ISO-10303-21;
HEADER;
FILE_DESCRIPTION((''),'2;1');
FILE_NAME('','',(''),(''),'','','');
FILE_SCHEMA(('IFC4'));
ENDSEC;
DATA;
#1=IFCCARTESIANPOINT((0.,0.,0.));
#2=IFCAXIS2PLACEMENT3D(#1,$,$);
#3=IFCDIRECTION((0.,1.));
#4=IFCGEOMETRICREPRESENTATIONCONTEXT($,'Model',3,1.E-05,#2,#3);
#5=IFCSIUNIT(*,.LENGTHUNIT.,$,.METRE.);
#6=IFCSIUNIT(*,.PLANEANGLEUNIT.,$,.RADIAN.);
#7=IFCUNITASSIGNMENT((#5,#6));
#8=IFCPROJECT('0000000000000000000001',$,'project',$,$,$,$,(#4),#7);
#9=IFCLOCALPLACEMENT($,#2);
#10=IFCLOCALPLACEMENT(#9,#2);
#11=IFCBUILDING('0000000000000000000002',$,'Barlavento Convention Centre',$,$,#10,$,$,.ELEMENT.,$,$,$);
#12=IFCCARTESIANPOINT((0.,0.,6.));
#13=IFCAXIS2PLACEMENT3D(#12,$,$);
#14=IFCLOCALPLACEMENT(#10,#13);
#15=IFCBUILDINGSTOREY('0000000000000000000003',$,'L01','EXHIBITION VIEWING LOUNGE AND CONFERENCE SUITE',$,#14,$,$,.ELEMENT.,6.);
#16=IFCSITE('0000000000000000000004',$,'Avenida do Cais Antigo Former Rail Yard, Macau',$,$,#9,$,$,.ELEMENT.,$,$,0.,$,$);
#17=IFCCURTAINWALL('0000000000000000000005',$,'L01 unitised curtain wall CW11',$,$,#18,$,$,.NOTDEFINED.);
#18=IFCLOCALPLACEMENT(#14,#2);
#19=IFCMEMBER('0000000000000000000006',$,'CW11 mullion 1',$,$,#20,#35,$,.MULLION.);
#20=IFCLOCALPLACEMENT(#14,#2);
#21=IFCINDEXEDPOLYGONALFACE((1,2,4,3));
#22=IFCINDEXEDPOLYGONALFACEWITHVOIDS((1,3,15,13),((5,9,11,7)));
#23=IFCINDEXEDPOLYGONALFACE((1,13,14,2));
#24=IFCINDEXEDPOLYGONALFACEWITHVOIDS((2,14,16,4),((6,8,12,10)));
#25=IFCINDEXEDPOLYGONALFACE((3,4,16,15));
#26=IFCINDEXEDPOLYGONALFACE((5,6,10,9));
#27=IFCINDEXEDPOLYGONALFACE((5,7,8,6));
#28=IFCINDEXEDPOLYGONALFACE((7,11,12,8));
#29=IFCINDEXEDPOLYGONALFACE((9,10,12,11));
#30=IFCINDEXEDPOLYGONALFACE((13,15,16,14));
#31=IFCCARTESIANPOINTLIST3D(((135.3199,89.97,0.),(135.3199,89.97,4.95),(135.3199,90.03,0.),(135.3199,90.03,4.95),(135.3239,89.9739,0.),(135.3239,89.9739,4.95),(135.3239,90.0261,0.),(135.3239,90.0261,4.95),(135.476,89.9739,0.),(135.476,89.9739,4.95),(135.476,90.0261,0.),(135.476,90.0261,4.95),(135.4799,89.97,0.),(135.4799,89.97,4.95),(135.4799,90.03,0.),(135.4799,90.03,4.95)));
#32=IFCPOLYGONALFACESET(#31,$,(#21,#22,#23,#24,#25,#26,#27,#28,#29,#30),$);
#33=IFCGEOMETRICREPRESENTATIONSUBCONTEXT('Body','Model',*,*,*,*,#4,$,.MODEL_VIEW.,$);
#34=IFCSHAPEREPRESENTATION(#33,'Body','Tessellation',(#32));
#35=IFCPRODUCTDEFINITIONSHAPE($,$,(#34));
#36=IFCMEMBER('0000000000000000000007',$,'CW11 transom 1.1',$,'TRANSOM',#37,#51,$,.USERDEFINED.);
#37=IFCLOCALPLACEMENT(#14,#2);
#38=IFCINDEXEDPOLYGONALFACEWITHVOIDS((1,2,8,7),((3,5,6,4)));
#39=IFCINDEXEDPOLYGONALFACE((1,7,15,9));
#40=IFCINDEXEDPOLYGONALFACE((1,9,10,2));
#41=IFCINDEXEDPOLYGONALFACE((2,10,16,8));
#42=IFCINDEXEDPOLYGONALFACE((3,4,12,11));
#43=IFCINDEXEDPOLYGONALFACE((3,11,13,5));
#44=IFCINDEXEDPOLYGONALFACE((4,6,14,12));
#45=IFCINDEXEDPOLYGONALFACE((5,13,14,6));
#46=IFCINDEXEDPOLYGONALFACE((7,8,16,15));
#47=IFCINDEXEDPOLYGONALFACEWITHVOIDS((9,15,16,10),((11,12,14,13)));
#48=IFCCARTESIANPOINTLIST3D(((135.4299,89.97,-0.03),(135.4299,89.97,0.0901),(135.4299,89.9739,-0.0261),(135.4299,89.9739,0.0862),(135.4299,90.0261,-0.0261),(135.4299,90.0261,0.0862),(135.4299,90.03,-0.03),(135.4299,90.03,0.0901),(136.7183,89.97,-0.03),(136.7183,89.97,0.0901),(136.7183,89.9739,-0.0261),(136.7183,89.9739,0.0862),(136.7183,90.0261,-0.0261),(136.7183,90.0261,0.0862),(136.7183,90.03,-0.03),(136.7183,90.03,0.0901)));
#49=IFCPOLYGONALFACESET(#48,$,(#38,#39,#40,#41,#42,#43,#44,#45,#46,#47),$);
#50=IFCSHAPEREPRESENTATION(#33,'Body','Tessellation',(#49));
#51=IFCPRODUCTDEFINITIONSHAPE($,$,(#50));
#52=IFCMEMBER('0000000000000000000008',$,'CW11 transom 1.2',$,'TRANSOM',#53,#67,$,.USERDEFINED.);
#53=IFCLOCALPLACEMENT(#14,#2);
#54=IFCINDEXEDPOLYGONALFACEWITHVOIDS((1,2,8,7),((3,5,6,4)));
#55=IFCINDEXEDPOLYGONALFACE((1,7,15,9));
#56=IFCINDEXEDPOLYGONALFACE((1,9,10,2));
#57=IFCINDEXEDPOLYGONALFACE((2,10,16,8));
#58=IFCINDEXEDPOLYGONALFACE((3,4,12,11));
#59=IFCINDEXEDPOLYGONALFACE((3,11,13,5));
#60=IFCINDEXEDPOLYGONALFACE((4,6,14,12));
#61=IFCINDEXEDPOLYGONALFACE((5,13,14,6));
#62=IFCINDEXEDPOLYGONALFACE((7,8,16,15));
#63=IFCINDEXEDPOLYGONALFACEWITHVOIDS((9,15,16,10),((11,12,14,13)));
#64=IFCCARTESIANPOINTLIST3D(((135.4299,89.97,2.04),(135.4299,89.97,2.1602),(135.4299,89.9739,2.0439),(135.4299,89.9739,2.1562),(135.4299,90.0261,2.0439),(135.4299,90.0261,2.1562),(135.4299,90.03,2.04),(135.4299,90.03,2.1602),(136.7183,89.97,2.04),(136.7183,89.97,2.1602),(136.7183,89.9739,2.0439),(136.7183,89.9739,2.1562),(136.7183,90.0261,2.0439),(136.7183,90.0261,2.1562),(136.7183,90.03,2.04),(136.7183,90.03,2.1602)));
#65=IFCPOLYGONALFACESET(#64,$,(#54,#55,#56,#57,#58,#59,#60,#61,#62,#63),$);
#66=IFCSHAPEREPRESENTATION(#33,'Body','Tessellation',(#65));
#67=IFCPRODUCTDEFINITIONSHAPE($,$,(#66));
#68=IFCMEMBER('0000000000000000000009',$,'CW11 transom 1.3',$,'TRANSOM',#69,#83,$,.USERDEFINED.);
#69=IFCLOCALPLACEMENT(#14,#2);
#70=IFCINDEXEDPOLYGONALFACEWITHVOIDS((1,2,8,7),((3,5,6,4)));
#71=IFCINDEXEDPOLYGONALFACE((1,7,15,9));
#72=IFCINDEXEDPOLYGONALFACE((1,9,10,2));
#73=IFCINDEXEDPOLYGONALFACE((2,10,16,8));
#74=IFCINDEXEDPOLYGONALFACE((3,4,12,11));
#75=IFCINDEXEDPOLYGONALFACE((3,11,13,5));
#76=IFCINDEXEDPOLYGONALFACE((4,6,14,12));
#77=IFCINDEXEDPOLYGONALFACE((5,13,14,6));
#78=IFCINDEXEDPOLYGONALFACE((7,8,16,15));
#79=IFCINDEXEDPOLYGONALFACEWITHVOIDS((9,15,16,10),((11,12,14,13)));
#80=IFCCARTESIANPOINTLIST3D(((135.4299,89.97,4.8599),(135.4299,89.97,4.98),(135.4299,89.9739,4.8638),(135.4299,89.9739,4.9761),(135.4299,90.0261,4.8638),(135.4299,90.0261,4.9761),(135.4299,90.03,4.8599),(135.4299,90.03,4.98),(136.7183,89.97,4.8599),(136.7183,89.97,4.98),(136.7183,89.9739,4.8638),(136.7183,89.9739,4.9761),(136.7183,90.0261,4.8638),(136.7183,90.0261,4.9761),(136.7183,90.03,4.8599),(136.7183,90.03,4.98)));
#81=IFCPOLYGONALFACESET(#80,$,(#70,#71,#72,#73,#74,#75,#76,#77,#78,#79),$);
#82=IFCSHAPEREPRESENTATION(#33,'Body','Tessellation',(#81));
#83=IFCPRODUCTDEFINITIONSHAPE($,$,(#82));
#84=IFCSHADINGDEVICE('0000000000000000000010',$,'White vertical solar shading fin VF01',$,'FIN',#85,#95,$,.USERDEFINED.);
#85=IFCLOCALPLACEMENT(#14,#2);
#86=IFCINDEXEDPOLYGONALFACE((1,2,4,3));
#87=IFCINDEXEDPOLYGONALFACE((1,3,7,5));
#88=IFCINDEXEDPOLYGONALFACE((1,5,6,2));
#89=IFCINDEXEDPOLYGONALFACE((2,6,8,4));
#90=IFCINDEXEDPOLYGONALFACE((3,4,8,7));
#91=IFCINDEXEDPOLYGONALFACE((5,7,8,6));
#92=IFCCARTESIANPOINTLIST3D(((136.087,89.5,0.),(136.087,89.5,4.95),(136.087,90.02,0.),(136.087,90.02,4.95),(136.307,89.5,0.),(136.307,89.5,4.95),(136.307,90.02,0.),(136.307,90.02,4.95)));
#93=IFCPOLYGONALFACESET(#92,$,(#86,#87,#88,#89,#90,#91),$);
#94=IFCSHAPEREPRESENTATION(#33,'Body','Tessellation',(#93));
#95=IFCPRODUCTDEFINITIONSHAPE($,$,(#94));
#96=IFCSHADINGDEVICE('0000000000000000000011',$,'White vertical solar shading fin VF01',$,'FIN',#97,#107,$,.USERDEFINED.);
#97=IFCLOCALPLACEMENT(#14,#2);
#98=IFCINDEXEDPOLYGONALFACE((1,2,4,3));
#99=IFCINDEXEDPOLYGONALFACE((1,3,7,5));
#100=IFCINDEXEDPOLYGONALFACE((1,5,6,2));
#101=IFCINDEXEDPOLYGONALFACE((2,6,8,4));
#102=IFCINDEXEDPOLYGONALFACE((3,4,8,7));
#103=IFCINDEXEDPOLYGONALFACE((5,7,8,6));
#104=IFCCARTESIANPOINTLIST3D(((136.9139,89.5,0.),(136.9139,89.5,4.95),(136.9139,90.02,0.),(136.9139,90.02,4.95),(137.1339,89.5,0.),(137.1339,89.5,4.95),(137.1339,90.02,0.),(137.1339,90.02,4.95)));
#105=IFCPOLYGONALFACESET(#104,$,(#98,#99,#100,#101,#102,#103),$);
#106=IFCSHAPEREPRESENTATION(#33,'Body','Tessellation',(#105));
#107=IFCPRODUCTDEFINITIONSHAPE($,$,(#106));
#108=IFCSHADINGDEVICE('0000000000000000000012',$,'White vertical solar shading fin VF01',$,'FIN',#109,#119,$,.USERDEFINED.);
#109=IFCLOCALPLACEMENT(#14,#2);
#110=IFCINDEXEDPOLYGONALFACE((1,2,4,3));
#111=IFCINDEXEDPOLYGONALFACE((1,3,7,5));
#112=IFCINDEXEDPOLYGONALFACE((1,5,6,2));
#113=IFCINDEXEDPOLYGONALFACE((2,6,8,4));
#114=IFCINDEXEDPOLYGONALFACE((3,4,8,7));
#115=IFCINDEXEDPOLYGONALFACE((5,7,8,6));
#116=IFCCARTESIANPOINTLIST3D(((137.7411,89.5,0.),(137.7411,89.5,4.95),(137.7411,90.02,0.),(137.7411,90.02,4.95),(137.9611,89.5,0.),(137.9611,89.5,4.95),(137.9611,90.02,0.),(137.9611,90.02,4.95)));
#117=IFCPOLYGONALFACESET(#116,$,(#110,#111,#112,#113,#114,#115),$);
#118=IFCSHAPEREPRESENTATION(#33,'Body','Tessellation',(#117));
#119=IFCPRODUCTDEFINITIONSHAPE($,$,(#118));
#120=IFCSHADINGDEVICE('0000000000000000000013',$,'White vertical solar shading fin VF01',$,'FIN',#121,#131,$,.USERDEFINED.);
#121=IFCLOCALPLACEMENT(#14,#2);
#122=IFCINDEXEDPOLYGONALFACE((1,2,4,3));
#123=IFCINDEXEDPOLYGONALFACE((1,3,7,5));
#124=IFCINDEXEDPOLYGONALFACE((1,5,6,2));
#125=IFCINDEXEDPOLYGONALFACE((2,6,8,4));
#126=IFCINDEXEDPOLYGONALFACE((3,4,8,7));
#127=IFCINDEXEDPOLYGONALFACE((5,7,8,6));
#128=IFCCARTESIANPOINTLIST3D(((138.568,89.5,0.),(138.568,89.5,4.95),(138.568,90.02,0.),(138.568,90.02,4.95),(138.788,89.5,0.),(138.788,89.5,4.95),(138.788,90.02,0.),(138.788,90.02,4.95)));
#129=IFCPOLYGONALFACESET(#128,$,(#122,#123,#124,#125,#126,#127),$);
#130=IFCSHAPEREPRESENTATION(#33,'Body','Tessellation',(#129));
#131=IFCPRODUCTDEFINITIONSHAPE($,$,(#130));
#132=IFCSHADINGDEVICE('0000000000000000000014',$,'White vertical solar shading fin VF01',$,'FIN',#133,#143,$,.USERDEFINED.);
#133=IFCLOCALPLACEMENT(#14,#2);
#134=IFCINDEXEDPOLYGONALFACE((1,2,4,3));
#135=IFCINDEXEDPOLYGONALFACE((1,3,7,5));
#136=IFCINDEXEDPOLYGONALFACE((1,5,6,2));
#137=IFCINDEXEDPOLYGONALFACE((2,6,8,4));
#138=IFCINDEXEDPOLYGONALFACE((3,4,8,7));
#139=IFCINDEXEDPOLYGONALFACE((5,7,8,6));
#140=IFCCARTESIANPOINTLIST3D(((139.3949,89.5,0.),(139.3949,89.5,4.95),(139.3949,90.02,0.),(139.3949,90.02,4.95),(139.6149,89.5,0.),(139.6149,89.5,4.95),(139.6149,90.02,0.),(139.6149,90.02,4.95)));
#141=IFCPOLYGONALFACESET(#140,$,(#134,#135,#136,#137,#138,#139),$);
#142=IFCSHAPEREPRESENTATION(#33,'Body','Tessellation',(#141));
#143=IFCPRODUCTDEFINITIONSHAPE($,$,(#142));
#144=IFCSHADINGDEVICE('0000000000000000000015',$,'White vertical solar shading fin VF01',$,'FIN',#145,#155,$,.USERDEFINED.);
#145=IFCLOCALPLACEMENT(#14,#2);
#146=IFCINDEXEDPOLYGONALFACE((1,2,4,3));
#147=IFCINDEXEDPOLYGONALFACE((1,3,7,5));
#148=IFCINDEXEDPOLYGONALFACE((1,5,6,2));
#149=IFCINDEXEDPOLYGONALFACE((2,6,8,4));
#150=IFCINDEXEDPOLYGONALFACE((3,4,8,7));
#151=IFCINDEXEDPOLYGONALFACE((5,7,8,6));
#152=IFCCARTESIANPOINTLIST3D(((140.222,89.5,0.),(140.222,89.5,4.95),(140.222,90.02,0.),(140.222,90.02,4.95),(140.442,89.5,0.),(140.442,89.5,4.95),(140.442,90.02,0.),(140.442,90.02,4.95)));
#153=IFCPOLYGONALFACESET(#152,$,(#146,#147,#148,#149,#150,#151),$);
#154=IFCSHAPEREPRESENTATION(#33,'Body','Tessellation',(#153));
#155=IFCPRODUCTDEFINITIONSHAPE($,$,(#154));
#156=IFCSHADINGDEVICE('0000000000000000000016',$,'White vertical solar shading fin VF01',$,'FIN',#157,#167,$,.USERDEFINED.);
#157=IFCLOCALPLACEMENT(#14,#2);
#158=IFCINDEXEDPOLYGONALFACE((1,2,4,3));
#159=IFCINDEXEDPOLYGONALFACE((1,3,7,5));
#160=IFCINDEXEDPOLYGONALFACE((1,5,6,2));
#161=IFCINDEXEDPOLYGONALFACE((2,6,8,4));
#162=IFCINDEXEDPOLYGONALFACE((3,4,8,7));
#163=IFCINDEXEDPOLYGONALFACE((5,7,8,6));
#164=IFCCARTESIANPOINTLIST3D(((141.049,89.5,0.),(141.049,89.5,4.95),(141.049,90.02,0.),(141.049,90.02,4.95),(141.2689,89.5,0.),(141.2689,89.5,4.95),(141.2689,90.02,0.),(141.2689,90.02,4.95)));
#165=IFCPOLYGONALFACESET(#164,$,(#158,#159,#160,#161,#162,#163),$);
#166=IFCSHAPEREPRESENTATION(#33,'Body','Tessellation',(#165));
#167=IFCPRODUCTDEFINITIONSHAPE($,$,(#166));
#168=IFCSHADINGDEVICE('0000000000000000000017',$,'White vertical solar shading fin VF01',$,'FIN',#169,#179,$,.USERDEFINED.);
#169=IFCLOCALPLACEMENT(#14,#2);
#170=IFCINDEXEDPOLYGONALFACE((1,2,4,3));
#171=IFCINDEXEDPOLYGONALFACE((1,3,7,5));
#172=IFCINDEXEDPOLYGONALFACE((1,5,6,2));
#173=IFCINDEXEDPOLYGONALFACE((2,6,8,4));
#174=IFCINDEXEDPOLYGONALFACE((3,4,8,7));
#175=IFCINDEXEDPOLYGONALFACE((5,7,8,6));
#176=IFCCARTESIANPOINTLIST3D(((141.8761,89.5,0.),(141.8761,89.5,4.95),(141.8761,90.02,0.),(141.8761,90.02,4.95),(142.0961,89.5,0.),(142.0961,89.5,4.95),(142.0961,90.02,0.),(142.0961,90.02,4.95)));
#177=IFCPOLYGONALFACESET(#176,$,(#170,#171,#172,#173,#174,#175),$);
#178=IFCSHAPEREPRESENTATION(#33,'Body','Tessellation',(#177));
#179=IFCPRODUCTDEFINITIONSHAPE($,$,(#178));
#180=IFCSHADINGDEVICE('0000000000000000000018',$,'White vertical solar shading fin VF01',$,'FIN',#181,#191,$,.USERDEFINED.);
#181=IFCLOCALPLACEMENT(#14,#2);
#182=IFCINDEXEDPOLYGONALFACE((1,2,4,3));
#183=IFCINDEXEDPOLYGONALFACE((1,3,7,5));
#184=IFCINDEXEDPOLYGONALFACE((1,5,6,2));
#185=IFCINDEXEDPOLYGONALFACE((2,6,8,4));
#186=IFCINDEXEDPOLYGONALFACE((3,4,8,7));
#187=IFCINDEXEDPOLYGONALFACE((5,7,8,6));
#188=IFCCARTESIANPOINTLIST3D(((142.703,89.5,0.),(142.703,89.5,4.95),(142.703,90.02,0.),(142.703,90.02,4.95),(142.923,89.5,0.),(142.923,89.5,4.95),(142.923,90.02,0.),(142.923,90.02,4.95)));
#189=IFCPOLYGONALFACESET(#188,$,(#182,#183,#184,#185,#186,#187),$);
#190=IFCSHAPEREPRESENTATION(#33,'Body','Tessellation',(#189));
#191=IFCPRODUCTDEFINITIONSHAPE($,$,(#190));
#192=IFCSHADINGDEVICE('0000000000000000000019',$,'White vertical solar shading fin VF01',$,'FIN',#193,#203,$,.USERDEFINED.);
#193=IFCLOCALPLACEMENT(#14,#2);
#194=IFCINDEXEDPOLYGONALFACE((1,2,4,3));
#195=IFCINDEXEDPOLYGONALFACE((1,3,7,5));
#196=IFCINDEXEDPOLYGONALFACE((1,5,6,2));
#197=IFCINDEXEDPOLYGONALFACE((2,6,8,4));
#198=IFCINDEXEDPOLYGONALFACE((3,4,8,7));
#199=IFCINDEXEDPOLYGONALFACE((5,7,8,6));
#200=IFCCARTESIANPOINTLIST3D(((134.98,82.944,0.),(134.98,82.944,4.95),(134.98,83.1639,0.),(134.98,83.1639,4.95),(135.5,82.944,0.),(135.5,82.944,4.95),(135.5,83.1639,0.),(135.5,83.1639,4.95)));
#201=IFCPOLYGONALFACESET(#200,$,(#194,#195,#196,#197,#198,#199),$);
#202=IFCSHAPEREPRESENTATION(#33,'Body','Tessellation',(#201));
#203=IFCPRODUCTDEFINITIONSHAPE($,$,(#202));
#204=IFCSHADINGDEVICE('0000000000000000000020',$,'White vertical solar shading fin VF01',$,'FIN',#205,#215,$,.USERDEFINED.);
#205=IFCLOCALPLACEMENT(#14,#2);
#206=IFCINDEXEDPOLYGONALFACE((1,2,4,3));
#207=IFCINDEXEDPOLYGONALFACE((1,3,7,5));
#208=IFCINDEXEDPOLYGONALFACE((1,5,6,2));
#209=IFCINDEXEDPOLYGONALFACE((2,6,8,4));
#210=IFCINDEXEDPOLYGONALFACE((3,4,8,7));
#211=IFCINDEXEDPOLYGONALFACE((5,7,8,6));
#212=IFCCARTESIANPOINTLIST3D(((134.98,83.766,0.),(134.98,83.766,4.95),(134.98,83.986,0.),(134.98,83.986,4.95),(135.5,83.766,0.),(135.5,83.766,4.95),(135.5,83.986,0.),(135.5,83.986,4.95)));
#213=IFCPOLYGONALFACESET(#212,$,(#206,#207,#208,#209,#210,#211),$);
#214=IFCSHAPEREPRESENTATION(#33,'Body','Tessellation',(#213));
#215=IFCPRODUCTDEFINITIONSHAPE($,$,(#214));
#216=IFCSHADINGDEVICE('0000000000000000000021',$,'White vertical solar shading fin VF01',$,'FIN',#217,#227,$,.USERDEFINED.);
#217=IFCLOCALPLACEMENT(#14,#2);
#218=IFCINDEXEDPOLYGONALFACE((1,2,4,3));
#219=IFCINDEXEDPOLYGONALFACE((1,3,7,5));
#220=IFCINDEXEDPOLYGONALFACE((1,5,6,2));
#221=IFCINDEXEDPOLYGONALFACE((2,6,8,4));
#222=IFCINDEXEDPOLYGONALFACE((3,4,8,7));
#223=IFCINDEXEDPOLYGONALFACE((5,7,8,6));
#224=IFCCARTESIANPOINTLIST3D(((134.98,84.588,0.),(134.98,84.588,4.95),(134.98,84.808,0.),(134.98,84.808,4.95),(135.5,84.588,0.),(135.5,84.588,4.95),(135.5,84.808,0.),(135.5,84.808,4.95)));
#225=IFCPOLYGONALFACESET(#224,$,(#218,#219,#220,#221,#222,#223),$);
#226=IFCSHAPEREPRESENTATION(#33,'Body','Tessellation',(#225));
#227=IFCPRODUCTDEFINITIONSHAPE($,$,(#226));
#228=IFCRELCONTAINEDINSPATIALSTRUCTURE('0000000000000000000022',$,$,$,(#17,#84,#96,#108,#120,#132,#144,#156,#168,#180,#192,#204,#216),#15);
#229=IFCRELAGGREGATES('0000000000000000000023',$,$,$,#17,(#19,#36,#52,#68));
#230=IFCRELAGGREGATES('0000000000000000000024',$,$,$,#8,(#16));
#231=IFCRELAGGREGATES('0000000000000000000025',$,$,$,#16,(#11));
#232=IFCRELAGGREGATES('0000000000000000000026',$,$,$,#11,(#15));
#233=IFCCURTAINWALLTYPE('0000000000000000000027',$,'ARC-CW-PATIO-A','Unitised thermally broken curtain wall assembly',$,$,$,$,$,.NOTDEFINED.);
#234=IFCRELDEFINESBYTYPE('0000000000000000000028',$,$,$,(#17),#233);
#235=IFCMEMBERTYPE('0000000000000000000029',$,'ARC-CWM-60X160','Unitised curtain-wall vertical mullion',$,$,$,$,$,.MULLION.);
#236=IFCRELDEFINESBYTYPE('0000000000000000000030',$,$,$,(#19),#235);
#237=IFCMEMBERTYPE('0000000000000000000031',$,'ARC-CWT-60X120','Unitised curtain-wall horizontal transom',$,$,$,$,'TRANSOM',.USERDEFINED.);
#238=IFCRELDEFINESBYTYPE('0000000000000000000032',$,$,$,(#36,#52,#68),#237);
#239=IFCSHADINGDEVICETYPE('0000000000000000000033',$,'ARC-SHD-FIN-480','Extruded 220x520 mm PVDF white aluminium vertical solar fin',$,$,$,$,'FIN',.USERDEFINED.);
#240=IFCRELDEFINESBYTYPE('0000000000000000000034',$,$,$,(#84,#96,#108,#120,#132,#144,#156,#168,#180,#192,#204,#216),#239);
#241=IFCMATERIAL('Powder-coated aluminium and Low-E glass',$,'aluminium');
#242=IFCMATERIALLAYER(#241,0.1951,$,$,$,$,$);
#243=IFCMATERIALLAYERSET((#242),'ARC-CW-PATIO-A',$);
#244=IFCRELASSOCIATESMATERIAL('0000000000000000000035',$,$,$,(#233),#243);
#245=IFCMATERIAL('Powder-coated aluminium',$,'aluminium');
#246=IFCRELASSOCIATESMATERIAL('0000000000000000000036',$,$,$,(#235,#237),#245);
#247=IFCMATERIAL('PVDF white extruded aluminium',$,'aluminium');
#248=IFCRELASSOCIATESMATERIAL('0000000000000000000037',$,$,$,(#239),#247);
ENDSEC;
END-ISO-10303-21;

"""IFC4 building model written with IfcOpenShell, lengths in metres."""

from ifc_helpers import new_model, si_unit, direction, frame, origin, origin_2d, place, context, subcontext, project, spatial, rectangle, hollow_rectangle, extrude, material, layer, layer_set, material_profile, profile_set, type_object, element, aggregate, save


model = new_model("IFC4")

# Units and contexts
model_context = context("Model", 3, precision=1e-05, world=origin(), true_north=direction((0.0, 1.0)))
body_context = subcontext(model_context, "Body", "Model", "MODEL_VIEW")
ifc_project = project(units=[si_unit("LENGTHUNIT", "METRE"), si_unit("PLANEANGLEUNIT", "RADIAN")], contexts=[model_context])

# Site, building, storey
site_placement = place(None, origin())
site = spatial("IfcSite", under=ifc_project, at=site_placement, Name="Avenida do Cais Antigo Former Rail Yard, Macau", CompositionType="ELEMENT", RefElevation=0.0)
building_placement = place(site_placement, origin())
building = spatial("IfcBuilding", under=site, at=building_placement, Name="Barlavento Convention Centre", CompositionType="ELEMENT")
storey_placement = place(building_placement, frame((0.0, 0.0, 6.0)))
storey = spatial("IfcBuildingStorey", under=building, at=storey_placement, Name="L01", Description="EXHIBITION VIEWING LOUNGE AND CONFERENCE SUITE", CompositionType="ELEMENT", Elevation=6.0)

# Curtain wall, members
ifc_material_1 = material(Name="Powder-coated aluminium and Low-E glass", Category="aluminium")
ifc_layer = layer(ifc_material_1, 0.1951)
ifc_layer_set = layer_set([ifc_layer], Name="ARC-CW-PATIO-A")
curtain_wall_type = type_object("IfcCurtainWallType", Name="ARC-CW-PATIO-A", Description="Unitised thermally broken curtain wall assembly", PredefinedType="NOTDEFINED", material=ifc_layer_set)
curtain_wall_placement = place(storey_placement, origin())
curtain_wall = element("IfcCurtainWall", 1, at=curtain_wall_placement, inside=storey, type_object=curtain_wall_type, Name="L01 unitised curtain wall CW11", PredefinedType="NOTDEFINED")
ifc_material_2 = material(Name="Powder-coated aluminium", Category="aluminium")
ifc_material_profile_1 = material_profile(ifc_material_2, hollow_rectangle(XDim=0.0601, YDim=0.1599, WallThickness=0.0039, at=origin_2d()), Name="AL-MULL 60x160x4")
ifc_profile_set_1 = profile_set([ifc_material_profile_1], Name="Powder-coated aluminium")
member_type_1 = type_object("IfcMemberType", Name="ARC-CWM-60X160", Description="Unitised curtain-wall vertical mullion", PredefinedType="MULLION", material=ifc_profile_set_1)
member_1_placement = place(storey_placement, frame((135.3999, 90.0, 0.0), z_axis=(0.0, 0.0, 1.0), x_axis=(0.0, 1.0, 0.0)))
member_1 = element("IfcMember", 2, at=member_1_placement, type_object=member_type_1, Name="CW11 mullion 1", PredefinedType="MULLION", context=body_context, shape_type="SweptSolid", body=[
    extrude(hollow_rectangle(XDim=0.0601, YDim=0.1599, WallThickness=0.0039, at=origin_2d()), origin(), (0.0, 0.0, 1.0), 4.95),
])
ifc_material_profile_2 = material_profile(ifc_material_2, hollow_rectangle(XDim=0.0601, YDim=0.1201, WallThickness=0.0039, at=origin_2d()), Name="AL-TRAN 60x120x4")
ifc_profile_set_2 = profile_set([ifc_material_profile_2], Name="Powder-coated aluminium")
member_type_2 = type_object("IfcMemberType", Name="ARC-CWT-60X120", Description="Unitised curtain-wall horizontal transom", ElementType="TRANSOM", PredefinedType="USERDEFINED", material=ifc_profile_set_2)
member_2_placement = place(storey_placement, frame((135.4299, 90.0, 0.03), z_axis=(1.0, 0.0, 0.0), x_axis=(0.0, 1.0, 0.0)))
member_2 = element("IfcMember", 3, at=member_2_placement, type_object=member_type_2, Name="CW11 transom 1.1", ObjectType="TRANSOM", PredefinedType="USERDEFINED", context=body_context, shape_type="SweptSolid", body=[
    extrude(hollow_rectangle(XDim=0.0601, YDim=0.1201, WallThickness=0.0039, at=origin_2d()), origin(), (0.0, 0.0, 1.0), 1.2883),
])
member_3_placement = place(storey_placement, frame((135.4299, 90.0, 2.1001), z_axis=(1.0, 0.0, 0.0), x_axis=(0.0, 1.0, 0.0)))
member_3 = element("IfcMember", 4, at=member_3_placement, type_object=member_type_2, Name="CW11 transom 1.2", ObjectType="TRANSOM", PredefinedType="USERDEFINED", context=body_context, shape_type="SweptSolid", body=[
    extrude(hollow_rectangle(XDim=0.0601, YDim=0.1201, WallThickness=0.0039, at=origin_2d()), origin(), (0.0, 0.0, 1.0), 1.2883),
])
member_4_placement = place(storey_placement, frame((135.4299, 90.0, 4.9199), z_axis=(1.0, 0.0, 0.0), x_axis=(0.0, 1.0, 0.0)))
member_4 = element("IfcMember", 5, at=member_4_placement, type_object=member_type_2, Name="CW11 transom 1.3", ObjectType="TRANSOM", PredefinedType="USERDEFINED", context=body_context, shape_type="SweptSolid", body=[
    extrude(hollow_rectangle(XDim=0.0601, YDim=0.1201, WallThickness=0.0039, at=origin_2d()), origin(), (0.0, 0.0, 1.0), 1.2883),
])
aggregate(curtain_wall, [member_1, member_2, member_3, member_4])

# Shading devices
ifc_material_3 = material(Name="PVDF white extruded aluminium", Category="aluminium")
shading_device_type = type_object("IfcShadingDeviceType", Name="ARC-SHD-FIN-480", Description="Extruded 220x520 mm PVDF white aluminium vertical solar fin", ElementType="FIN", PredefinedType="USERDEFINED", material=ifc_material_3)
for number, where, z_axis, x_axis, name in (
    (6, (136.197, 89.76, 0.0), (0.0, 0.0, 1.0), (1.0, 0.0, 0.0), "White vertical solar shading fin VF01"),
    (7, (137.0239, 89.76, 0.0), (0.0, 0.0, 1.0), (1.0, 0.0, 0.0), "White vertical solar shading fin VF01"),
    (8, (137.8511, 89.76, 0.0), (0.0, 0.0, 1.0), (1.0, 0.0, 0.0), "White vertical solar shading fin VF01"),
    (9, (138.678, 89.76, 0.0), (0.0, 0.0, 1.0), (1.0, 0.0, 0.0), "White vertical solar shading fin VF01"),
    (10, (139.5049, 89.76, 0.0), (0.0, 0.0, 1.0), (1.0, 0.0, 0.0), "White vertical solar shading fin VF01"),
    (11, (140.332, 89.76, 0.0), (0.0, 0.0, 1.0), (1.0, 0.0, 0.0), "White vertical solar shading fin VF01"),
    (12, (141.1589, 89.76, 0.0), (0.0, 0.0, 1.0), (1.0, 0.0, 0.0), "White vertical solar shading fin VF01"),
    (13, (141.9861, 89.76, 0.0), (0.0, 0.0, 1.0), (1.0, 0.0, 0.0), "White vertical solar shading fin VF01"),
    (14, (142.813, 89.76, 0.0), (0.0, 0.0, 1.0), (1.0, 0.0, 0.0), "White vertical solar shading fin VF01"),
    (15, (135.24, 83.054, 0.0), (0.0, 0.0, 1.0), (0.0, 1.0, 0.0), "White vertical solar shading fin VF01"),
    (16, (135.24, 83.876, 0.0), (0.0, 0.0, 1.0), (0.0, 1.0, 0.0), "White vertical solar shading fin VF01"),
    (17, (135.24, 84.698, 0.0), (0.0, 0.0, 1.0), (0.0, 1.0, 0.0), "White vertical solar shading fin VF01"),
):
    element("IfcShadingDevice", number, at=place(storey_placement, frame(where, z_axis=z_axis, x_axis=x_axis)), inside=storey, type_object=shading_device_type, Name=name, ObjectType="FIN", PredefinedType="USERDEFINED", context=body_context, shape_type="SweptSolid", body=[
        extrude(rectangle(XDim=0.22, YDim=0.52, at=origin_2d()), origin(), (0.0, 0.0, 1.0), 4.95),
    ])

save(model, "model.ifc")
